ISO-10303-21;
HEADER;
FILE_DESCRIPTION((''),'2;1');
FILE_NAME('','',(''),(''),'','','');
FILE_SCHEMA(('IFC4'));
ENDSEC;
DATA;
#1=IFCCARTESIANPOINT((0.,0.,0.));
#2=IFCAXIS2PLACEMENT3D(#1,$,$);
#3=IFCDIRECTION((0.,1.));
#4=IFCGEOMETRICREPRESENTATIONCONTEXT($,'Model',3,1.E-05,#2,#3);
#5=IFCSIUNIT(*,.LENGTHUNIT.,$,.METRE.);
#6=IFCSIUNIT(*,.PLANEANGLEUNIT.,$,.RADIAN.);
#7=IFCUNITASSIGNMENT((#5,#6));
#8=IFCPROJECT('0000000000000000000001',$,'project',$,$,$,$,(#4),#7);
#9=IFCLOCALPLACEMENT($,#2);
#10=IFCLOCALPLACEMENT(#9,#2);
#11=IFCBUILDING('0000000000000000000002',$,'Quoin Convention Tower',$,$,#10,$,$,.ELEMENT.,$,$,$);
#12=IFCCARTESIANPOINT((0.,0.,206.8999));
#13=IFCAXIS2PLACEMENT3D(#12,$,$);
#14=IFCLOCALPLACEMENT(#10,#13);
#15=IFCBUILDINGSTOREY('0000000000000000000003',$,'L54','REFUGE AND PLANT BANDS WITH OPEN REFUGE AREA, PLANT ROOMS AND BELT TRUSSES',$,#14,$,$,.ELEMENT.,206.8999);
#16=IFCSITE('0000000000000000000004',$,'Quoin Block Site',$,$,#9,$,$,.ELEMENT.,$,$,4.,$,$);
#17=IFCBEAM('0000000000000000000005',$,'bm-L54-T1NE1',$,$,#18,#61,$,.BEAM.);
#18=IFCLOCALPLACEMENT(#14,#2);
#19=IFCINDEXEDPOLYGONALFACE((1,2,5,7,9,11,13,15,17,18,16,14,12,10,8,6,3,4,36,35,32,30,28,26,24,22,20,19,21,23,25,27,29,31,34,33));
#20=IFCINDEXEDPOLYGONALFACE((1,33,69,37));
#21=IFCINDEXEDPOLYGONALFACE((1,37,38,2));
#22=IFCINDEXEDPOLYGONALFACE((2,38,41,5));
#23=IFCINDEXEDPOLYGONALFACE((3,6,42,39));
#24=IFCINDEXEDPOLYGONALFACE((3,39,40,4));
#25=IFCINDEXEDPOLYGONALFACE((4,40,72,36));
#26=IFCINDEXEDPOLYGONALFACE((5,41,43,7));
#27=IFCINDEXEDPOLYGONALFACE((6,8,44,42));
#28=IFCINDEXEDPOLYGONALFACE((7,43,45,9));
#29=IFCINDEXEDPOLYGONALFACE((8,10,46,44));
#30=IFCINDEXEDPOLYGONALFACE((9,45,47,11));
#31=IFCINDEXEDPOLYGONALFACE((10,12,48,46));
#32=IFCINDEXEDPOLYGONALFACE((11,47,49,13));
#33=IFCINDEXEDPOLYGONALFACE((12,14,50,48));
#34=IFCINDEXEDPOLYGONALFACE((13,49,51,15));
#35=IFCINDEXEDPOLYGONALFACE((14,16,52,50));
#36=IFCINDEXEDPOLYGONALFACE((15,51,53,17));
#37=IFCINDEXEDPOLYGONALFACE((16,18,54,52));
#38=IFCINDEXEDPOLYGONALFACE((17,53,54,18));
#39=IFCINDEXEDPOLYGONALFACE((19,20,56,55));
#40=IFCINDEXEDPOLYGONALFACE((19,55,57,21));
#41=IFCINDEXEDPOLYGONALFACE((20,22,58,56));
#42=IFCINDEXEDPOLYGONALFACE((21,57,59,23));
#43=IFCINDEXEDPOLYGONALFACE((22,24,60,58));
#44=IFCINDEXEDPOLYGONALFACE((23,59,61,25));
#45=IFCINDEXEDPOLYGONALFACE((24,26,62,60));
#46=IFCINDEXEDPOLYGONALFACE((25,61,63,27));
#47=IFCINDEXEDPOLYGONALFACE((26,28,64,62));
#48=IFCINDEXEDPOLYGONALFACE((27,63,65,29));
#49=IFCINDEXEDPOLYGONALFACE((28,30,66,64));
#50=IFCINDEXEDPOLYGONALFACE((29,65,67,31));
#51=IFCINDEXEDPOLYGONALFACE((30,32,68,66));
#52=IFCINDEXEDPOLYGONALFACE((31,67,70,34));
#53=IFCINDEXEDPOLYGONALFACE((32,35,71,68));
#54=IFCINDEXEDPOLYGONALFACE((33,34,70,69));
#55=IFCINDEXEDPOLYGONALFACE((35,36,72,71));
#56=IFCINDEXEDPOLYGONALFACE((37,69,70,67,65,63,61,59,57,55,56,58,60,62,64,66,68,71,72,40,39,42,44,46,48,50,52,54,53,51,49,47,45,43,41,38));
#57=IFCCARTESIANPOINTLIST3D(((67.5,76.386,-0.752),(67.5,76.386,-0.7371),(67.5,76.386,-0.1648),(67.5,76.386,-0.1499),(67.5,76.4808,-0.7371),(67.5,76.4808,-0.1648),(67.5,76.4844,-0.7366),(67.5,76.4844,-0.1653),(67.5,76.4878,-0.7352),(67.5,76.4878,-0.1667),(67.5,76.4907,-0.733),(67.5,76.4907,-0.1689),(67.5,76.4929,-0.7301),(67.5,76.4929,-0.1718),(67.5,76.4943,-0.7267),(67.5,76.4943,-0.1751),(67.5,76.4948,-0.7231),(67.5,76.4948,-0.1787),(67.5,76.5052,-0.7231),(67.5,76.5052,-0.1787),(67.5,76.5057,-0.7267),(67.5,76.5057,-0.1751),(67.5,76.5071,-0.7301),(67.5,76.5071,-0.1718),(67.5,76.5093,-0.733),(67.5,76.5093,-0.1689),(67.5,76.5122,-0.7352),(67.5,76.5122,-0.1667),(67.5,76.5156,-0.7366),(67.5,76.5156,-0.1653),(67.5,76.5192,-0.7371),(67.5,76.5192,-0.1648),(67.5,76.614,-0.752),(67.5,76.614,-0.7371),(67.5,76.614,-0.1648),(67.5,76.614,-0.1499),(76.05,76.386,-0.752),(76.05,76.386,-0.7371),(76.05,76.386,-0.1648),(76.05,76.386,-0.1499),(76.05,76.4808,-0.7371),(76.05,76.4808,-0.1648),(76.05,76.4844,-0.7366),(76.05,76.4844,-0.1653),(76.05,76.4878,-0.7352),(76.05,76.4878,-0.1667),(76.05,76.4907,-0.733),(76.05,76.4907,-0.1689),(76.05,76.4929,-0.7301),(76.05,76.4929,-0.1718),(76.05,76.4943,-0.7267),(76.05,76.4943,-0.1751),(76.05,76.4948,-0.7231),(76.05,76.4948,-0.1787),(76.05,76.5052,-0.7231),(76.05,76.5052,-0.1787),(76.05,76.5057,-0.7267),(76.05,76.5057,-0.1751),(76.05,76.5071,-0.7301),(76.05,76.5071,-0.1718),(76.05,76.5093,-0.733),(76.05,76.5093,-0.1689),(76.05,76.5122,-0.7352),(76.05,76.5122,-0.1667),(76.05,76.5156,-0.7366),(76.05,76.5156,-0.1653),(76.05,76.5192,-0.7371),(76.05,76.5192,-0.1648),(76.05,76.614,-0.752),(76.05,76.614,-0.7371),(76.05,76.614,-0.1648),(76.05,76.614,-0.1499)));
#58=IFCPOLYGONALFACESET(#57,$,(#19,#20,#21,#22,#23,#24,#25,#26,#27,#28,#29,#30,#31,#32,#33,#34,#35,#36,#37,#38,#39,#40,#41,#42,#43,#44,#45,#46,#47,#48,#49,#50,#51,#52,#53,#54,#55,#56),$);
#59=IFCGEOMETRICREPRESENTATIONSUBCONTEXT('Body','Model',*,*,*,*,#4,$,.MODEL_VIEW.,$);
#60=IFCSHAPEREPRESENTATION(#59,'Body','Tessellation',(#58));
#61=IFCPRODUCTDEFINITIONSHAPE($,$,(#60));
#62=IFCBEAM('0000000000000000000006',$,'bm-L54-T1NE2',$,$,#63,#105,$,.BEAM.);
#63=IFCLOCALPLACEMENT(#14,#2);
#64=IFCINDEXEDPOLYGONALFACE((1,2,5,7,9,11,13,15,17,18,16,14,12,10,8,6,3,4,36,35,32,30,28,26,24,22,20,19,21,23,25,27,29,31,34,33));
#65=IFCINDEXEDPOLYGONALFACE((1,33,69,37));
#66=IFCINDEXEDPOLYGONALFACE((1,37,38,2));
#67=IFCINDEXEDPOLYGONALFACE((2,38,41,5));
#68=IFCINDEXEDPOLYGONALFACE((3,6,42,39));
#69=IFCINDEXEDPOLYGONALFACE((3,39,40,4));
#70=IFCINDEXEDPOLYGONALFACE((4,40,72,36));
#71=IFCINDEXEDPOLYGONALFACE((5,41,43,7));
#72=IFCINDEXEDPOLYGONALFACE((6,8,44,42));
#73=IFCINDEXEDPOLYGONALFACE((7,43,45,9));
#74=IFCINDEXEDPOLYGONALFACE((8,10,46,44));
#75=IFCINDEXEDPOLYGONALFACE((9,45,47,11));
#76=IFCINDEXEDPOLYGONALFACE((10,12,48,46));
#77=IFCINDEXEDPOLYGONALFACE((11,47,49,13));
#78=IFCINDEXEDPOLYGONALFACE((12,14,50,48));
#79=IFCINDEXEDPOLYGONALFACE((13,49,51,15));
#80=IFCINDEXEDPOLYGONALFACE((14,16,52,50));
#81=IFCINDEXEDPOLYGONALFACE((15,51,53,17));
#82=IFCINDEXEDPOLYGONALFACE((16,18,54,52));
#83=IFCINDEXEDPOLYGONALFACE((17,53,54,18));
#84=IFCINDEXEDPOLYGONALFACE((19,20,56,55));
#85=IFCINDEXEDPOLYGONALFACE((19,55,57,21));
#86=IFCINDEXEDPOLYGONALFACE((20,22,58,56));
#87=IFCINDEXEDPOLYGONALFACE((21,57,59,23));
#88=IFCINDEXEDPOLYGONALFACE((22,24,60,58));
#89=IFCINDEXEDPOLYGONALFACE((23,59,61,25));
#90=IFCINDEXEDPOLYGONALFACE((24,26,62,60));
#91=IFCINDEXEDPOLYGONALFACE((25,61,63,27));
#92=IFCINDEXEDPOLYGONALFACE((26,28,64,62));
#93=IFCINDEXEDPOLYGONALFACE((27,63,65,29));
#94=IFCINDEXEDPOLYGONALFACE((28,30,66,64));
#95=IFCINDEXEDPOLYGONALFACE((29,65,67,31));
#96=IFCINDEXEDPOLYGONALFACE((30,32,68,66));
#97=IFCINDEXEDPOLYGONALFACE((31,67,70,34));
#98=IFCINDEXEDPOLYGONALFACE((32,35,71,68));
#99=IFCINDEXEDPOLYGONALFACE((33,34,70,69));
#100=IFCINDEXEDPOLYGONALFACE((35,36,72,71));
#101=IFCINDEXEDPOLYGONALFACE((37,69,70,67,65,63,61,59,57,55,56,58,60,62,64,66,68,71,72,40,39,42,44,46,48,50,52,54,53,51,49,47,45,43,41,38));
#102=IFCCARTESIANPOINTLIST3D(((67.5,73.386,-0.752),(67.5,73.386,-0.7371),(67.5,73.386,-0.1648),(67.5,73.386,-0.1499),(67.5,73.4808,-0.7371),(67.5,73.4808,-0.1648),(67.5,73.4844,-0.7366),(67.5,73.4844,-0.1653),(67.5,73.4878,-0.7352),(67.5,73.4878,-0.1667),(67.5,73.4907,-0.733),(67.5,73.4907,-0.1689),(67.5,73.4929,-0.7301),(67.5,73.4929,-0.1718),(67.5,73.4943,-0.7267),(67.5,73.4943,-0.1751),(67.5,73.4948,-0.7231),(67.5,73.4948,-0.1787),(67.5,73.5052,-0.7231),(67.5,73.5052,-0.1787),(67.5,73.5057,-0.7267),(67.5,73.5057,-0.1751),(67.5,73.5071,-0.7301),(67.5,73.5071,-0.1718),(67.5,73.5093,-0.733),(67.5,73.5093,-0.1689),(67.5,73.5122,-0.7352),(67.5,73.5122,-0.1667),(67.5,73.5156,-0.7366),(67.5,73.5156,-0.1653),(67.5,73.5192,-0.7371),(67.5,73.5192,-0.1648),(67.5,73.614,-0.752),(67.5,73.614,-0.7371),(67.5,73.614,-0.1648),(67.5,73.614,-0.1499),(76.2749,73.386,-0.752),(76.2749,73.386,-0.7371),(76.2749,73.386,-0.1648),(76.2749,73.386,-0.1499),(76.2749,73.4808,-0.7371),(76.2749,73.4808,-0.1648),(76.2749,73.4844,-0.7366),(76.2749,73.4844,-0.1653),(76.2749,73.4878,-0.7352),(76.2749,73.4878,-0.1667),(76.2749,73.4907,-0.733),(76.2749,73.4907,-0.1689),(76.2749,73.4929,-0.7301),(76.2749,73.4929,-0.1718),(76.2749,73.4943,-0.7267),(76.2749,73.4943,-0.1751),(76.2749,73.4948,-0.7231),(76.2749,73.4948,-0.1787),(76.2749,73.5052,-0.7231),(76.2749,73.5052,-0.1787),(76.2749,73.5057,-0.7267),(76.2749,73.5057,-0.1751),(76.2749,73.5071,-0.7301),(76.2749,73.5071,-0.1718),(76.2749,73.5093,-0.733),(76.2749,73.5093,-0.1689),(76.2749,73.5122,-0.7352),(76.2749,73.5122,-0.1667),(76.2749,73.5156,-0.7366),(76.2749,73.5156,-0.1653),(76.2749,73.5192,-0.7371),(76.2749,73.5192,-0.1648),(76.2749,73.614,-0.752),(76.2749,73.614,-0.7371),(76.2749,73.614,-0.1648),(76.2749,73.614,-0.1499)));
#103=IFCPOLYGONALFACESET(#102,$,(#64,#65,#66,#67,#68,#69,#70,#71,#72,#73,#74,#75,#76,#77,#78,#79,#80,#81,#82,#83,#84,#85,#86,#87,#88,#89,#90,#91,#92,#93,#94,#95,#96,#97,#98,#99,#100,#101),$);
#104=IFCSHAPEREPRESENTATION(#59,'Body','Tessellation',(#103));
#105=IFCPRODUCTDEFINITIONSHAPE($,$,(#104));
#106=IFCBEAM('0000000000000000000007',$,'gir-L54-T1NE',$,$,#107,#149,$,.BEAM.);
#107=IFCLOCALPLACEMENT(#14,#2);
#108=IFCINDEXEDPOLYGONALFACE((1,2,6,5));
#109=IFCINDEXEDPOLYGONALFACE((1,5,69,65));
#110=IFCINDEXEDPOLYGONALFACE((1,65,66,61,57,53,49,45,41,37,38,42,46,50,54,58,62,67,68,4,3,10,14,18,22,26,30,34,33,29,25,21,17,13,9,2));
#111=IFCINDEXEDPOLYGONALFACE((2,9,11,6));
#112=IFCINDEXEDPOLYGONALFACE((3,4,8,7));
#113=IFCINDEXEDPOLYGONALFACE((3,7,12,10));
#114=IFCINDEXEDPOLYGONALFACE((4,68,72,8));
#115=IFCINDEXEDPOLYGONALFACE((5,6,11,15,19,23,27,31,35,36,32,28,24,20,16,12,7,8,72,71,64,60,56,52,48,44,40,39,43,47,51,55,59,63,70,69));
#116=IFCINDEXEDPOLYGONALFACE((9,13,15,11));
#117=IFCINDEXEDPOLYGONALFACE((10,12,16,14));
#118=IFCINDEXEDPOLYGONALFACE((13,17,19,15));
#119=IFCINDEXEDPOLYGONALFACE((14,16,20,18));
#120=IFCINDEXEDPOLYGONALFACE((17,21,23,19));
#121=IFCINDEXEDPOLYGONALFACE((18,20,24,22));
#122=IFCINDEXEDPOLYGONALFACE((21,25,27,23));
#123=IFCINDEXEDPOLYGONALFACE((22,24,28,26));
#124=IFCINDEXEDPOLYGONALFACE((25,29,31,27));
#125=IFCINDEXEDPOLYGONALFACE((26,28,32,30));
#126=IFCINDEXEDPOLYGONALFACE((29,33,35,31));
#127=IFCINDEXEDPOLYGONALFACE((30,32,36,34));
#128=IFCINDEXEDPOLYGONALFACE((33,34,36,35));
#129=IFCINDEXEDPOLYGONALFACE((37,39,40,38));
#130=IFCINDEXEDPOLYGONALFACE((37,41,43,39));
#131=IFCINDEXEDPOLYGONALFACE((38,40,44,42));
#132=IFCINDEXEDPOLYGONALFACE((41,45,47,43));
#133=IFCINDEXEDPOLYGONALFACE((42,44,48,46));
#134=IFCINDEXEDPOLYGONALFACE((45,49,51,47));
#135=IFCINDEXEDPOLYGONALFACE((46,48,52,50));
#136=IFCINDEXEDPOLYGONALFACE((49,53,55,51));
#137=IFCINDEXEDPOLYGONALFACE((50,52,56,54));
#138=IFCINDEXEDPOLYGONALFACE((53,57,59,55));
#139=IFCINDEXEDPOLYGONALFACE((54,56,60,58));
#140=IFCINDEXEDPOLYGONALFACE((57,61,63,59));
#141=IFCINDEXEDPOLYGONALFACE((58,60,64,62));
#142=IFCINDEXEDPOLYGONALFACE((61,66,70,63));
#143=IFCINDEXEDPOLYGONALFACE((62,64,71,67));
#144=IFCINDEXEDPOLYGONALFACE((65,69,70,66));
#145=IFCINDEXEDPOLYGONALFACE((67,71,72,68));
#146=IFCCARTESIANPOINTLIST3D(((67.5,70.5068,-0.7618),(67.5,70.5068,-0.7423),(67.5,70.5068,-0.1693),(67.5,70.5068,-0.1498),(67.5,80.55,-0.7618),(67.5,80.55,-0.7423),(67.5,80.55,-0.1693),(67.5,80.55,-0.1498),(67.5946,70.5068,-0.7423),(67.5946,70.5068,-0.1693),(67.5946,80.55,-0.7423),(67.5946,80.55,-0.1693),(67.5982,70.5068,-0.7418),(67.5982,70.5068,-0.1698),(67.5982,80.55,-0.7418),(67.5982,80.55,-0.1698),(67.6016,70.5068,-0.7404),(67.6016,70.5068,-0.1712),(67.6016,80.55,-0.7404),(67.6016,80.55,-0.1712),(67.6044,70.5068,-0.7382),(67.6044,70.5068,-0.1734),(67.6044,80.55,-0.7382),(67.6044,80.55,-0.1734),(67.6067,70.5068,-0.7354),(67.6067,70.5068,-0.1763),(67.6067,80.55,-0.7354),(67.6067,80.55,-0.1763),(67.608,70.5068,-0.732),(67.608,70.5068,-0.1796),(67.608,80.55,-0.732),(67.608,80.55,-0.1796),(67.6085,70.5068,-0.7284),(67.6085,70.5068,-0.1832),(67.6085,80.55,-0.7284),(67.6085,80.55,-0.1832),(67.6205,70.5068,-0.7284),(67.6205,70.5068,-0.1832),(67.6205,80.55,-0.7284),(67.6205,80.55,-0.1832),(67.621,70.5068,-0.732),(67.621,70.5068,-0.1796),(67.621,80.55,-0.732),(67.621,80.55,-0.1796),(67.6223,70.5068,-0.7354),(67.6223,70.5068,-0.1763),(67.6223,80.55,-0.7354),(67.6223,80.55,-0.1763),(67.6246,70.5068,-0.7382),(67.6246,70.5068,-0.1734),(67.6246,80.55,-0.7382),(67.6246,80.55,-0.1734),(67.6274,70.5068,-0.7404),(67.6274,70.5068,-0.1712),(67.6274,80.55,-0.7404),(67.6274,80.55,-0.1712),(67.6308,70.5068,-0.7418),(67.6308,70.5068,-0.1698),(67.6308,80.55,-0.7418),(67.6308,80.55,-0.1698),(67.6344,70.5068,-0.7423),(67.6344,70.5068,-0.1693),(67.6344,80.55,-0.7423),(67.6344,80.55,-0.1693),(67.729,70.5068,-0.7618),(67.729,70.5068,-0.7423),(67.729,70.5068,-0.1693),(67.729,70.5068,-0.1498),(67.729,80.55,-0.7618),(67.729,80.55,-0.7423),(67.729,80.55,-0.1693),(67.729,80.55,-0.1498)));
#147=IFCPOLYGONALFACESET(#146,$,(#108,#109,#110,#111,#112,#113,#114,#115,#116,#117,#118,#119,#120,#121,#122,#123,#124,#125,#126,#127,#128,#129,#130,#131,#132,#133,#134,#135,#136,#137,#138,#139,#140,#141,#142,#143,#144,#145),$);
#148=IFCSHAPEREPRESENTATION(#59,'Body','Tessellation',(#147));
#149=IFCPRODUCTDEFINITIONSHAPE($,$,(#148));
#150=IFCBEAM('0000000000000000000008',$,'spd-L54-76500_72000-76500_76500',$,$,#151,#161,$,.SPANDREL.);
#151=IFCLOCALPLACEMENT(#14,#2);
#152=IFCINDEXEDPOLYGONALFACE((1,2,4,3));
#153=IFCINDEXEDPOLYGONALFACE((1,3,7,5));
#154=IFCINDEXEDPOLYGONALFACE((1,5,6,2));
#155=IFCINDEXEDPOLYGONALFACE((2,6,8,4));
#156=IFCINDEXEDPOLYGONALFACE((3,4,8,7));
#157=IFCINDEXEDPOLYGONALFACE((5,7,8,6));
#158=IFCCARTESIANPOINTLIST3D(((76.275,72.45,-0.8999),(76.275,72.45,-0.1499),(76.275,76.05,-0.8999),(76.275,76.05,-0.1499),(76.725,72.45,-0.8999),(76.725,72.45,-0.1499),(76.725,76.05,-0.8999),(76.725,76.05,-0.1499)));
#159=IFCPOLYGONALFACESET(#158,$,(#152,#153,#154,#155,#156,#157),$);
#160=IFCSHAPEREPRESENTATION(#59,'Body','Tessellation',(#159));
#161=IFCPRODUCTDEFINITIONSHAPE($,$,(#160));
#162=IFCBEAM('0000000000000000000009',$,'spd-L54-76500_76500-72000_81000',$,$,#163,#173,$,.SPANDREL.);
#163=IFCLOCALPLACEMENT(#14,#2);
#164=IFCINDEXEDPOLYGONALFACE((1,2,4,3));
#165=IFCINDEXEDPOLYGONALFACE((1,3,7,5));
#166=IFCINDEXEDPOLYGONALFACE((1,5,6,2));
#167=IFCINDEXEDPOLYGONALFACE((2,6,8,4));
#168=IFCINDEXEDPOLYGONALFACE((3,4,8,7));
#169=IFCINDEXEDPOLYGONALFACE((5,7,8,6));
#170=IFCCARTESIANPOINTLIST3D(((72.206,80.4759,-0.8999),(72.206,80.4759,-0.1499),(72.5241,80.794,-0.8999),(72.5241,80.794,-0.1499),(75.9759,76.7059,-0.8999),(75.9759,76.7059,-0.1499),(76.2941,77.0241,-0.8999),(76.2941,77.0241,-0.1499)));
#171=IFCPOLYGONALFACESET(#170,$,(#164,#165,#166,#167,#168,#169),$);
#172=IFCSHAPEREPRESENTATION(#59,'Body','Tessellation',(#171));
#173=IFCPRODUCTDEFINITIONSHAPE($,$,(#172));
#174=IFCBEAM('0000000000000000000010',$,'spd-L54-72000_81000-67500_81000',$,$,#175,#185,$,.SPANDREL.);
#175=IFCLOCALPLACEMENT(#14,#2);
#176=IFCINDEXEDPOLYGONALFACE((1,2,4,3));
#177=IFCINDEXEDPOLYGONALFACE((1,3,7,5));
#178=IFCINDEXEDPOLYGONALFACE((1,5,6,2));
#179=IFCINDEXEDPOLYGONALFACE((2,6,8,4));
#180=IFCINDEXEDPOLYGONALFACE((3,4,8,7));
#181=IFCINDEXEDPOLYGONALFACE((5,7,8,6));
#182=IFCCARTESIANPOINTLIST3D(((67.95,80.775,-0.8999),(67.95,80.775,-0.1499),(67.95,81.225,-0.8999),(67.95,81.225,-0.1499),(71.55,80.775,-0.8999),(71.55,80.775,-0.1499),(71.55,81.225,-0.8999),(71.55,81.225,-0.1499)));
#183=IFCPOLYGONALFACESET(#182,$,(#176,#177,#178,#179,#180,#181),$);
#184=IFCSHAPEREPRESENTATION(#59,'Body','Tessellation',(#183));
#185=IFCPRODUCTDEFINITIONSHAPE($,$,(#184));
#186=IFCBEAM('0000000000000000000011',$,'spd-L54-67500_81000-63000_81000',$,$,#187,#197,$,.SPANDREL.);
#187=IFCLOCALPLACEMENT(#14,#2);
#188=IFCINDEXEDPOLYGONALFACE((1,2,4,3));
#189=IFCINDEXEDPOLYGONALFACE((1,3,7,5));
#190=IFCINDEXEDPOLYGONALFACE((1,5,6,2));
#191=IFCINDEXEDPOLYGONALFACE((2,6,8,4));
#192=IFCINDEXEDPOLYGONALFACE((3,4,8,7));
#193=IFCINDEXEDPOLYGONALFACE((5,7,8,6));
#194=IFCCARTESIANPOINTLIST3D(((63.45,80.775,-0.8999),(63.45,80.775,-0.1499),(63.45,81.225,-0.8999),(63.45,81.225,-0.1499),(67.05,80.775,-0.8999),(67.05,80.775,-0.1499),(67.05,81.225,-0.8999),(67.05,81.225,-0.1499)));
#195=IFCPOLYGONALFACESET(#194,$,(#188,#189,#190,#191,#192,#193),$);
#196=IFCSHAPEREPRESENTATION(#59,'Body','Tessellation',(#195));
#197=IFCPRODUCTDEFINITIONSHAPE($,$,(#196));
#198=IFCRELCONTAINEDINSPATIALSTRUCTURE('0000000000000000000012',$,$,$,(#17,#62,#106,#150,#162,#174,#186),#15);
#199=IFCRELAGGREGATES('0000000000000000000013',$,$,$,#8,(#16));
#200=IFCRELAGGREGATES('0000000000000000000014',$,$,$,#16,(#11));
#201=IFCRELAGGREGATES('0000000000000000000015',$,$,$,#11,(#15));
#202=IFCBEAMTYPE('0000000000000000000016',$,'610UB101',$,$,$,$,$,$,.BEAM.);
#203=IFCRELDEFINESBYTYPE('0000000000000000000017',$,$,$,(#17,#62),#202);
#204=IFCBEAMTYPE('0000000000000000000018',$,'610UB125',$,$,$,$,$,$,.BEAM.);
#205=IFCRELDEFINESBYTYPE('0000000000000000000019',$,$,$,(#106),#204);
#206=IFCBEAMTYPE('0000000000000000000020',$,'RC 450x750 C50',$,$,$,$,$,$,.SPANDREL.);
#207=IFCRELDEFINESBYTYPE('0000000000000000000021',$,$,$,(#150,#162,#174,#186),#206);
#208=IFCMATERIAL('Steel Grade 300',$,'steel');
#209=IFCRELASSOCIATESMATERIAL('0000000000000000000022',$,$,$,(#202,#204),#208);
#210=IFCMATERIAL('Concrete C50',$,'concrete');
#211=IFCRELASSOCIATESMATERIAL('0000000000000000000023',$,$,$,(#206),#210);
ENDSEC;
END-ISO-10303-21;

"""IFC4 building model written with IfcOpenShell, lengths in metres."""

from ifc_helpers import new_model, si_unit, direction, frame, origin, origin_2d, place, context, subcontext, project, spatial, rectangle, i_section, extrude, material, material_profile, profile_set, type_object, element, save


model = new_model("IFC4")

# Units and contexts
model_context = context("Model", 3, precision=1e-05, world=origin(), true_north=direction((0.0, 1.0)))
body_context = subcontext(model_context, "Body", "Model", "MODEL_VIEW")
ifc_project = project(units=[si_unit("LENGTHUNIT", "METRE"), si_unit("PLANEANGLEUNIT", "RADIAN")], contexts=[model_context])

# Site, building, storey
site_placement = place(None, origin())
site = spatial("IfcSite", under=ifc_project, at=site_placement, Name="Quoin Block Site", CompositionType="ELEMENT", RefElevation=4.0)
building_placement = place(site_placement, origin())
building = spatial("IfcBuilding", under=site, at=building_placement, Name="Quoin Convention Tower", CompositionType="ELEMENT")
storey_placement = place(building_placement, frame((0.0, 0.0, 206.8999)))
storey = spatial("IfcBuildingStorey", under=building, at=storey_placement, Name="L54", Description="REFUGE AND PLANT BANDS WITH OPEN REFUGE AREA, PLANT ROOMS AND BELT TRUSSES", CompositionType="ELEMENT", Elevation=206.8999)

# Shared definitions
ifc_material_1 = material(Name="Concrete C50", Category="concrete")

# Shared definitions
ifc_material_2 = material(Name="Steel Grade 300", Category="steel")

# Beams
ifc_material_profile_1 = material_profile(ifc_material_2, i_section(OverallWidth=0.228, OverallDepth=0.6021, WebThickness=0.0105, FlangeThickness=0.0149, FilletRadius=0.0139, at=origin_2d()), Name="610UB101")
ifc_profile_set_1 = profile_set([ifc_material_profile_1], Name="Steel Grade 300")
beam_type_1 = type_object("IfcBeamType", Name="610UB101", PredefinedType="BEAM", material=ifc_profile_set_1)
beam_1_placement = place(storey_placement, frame((67.5, 76.5, -0.4509), z_axis=(1.0, 0.0, 0.0), x_axis=(0.0, 1.0, 0.0)))
element("IfcBeam", 1, at=beam_1_placement, inside=storey, type_object=beam_type_1, Name="bm-L54-T1NE1", PredefinedType="BEAM", context=body_context, shape_type="SweptSolid", body=[
    extrude(i_section(OverallWidth=0.228, OverallDepth=0.6021, WebThickness=0.0105, FlangeThickness=0.0149, FilletRadius=0.0139, at=origin_2d()), origin(), (0.0, 0.0, 1.0), 8.55),
])
beam_2_placement = place(storey_placement, frame((67.5, 73.5, -0.4509), z_axis=(1.0, 0.0, 0.0), x_axis=(0.0, 1.0, 0.0)))
element("IfcBeam", 2, at=beam_2_placement, inside=storey, type_object=beam_type_1, Name="bm-L54-T1NE2", PredefinedType="BEAM", context=body_context, shape_type="SweptSolid", body=[
    extrude(i_section(OverallWidth=0.228, OverallDepth=0.6021, WebThickness=0.0105, FlangeThickness=0.0149, FilletRadius=0.0139, at=origin_2d()), origin(), (0.0, 0.0, 1.0), 8.7749),
])
ifc_material_profile_2 = material_profile(ifc_material_2, i_section(OverallWidth=0.229, OverallDepth=0.6121, WebThickness=0.012, FlangeThickness=0.0195, FilletRadius=0.0139, at=origin_2d()), Name="610UB125")
ifc_profile_set_2 = profile_set([ifc_material_profile_2], Name="Steel Grade 300")
beam_type_2 = type_object("IfcBeamType", Name="610UB125", PredefinedType="BEAM", material=ifc_profile_set_2)
beam_3_placement = place(storey_placement, frame((67.6145, 80.55, -0.4558), z_axis=(0.0, -1.0, 0.0), x_axis=(1.0, 0.0, 0.0)))
element("IfcBeam", 3, at=beam_3_placement, inside=storey, type_object=beam_type_2, Name="gir-L54-T1NE", PredefinedType="BEAM", context=body_context, shape_type="SweptSolid", body=[
    extrude(i_section(OverallWidth=0.229, OverallDepth=0.6121, WebThickness=0.012, FlangeThickness=0.0195, FilletRadius=0.0139, at=origin_2d()), origin(), (0.0, 0.0, 1.0), 10.0432),
])
ifc_material_profile_3 = material_profile(ifc_material_1, rectangle(XDim=0.45, YDim=0.75, at=origin_2d()), Name="RC 450x750")
ifc_profile_set_3 = profile_set([ifc_material_profile_3], Name="Concrete C50")
beam_type_3 = type_object("IfcBeamType", Name="RC 450x750 C50", PredefinedType="SPANDREL", material=ifc_profile_set_3)
beam_4_placement = place(storey_placement, frame((76.5, 72.45, -0.5249), z_axis=(0.0, 1.0, 0.0), x_axis=(-1.0, 0.0, 0.0)))
element("IfcBeam", 4, at=beam_4_placement, inside=storey, type_object=beam_type_3, Name="spd-L54-76500_72000-76500_76500", PredefinedType="SPANDREL", context=body_context, shape_type="SweptSolid", body=[
    extrude(rectangle(XDim=0.45, YDim=0.75, at=origin_2d()), origin(), (0.0, 0.0, 1.0), 3.6001),
])
beam_5_placement = place(storey_placement, frame((76.135, 76.865, -0.5249), z_axis=(-0.707107, 0.707107, 0.0), x_axis=(-0.707107, -0.707107, 0.0)))
element("IfcBeam", 5, at=beam_5_placement, inside=storey, type_object=beam_type_3, Name="spd-L54-76500_76500-72000_81000", PredefinedType="SPANDREL", context=body_context, shape_type="SweptSolid", body=[
    extrude(rectangle(XDim=0.45, YDim=0.75, at=origin_2d()), origin(), (0.0, 0.0, 1.0), 5.3315),
])
for number, where, z_axis, x_axis, name in (
    (6, (71.55, 81.0, -0.5249), (-1.0, 0.0, 0.0), (0.0, -1.0, 0.0), "spd-L54-72000_81000-67500_81000"),
    (7, (67.05, 81.0, -0.5249), (-1.0, 0.0, 0.0), (0.0, -1.0, 0.0), "spd-L54-67500_81000-63000_81000"),
):
    element("IfcBeam", number, at=place(storey_placement, frame(where, z_axis=z_axis, x_axis=x_axis)), inside=storey, type_object=beam_type_3, Name=name, PredefinedType="SPANDREL", context=body_context, shape_type="SweptSolid", body=[
        extrude(rectangle(XDim=0.45, YDim=0.75, at=origin_2d()), origin(), (0.0, 0.0, 1.0), 3.6001),
    ])

save(model, "model.ifc")
